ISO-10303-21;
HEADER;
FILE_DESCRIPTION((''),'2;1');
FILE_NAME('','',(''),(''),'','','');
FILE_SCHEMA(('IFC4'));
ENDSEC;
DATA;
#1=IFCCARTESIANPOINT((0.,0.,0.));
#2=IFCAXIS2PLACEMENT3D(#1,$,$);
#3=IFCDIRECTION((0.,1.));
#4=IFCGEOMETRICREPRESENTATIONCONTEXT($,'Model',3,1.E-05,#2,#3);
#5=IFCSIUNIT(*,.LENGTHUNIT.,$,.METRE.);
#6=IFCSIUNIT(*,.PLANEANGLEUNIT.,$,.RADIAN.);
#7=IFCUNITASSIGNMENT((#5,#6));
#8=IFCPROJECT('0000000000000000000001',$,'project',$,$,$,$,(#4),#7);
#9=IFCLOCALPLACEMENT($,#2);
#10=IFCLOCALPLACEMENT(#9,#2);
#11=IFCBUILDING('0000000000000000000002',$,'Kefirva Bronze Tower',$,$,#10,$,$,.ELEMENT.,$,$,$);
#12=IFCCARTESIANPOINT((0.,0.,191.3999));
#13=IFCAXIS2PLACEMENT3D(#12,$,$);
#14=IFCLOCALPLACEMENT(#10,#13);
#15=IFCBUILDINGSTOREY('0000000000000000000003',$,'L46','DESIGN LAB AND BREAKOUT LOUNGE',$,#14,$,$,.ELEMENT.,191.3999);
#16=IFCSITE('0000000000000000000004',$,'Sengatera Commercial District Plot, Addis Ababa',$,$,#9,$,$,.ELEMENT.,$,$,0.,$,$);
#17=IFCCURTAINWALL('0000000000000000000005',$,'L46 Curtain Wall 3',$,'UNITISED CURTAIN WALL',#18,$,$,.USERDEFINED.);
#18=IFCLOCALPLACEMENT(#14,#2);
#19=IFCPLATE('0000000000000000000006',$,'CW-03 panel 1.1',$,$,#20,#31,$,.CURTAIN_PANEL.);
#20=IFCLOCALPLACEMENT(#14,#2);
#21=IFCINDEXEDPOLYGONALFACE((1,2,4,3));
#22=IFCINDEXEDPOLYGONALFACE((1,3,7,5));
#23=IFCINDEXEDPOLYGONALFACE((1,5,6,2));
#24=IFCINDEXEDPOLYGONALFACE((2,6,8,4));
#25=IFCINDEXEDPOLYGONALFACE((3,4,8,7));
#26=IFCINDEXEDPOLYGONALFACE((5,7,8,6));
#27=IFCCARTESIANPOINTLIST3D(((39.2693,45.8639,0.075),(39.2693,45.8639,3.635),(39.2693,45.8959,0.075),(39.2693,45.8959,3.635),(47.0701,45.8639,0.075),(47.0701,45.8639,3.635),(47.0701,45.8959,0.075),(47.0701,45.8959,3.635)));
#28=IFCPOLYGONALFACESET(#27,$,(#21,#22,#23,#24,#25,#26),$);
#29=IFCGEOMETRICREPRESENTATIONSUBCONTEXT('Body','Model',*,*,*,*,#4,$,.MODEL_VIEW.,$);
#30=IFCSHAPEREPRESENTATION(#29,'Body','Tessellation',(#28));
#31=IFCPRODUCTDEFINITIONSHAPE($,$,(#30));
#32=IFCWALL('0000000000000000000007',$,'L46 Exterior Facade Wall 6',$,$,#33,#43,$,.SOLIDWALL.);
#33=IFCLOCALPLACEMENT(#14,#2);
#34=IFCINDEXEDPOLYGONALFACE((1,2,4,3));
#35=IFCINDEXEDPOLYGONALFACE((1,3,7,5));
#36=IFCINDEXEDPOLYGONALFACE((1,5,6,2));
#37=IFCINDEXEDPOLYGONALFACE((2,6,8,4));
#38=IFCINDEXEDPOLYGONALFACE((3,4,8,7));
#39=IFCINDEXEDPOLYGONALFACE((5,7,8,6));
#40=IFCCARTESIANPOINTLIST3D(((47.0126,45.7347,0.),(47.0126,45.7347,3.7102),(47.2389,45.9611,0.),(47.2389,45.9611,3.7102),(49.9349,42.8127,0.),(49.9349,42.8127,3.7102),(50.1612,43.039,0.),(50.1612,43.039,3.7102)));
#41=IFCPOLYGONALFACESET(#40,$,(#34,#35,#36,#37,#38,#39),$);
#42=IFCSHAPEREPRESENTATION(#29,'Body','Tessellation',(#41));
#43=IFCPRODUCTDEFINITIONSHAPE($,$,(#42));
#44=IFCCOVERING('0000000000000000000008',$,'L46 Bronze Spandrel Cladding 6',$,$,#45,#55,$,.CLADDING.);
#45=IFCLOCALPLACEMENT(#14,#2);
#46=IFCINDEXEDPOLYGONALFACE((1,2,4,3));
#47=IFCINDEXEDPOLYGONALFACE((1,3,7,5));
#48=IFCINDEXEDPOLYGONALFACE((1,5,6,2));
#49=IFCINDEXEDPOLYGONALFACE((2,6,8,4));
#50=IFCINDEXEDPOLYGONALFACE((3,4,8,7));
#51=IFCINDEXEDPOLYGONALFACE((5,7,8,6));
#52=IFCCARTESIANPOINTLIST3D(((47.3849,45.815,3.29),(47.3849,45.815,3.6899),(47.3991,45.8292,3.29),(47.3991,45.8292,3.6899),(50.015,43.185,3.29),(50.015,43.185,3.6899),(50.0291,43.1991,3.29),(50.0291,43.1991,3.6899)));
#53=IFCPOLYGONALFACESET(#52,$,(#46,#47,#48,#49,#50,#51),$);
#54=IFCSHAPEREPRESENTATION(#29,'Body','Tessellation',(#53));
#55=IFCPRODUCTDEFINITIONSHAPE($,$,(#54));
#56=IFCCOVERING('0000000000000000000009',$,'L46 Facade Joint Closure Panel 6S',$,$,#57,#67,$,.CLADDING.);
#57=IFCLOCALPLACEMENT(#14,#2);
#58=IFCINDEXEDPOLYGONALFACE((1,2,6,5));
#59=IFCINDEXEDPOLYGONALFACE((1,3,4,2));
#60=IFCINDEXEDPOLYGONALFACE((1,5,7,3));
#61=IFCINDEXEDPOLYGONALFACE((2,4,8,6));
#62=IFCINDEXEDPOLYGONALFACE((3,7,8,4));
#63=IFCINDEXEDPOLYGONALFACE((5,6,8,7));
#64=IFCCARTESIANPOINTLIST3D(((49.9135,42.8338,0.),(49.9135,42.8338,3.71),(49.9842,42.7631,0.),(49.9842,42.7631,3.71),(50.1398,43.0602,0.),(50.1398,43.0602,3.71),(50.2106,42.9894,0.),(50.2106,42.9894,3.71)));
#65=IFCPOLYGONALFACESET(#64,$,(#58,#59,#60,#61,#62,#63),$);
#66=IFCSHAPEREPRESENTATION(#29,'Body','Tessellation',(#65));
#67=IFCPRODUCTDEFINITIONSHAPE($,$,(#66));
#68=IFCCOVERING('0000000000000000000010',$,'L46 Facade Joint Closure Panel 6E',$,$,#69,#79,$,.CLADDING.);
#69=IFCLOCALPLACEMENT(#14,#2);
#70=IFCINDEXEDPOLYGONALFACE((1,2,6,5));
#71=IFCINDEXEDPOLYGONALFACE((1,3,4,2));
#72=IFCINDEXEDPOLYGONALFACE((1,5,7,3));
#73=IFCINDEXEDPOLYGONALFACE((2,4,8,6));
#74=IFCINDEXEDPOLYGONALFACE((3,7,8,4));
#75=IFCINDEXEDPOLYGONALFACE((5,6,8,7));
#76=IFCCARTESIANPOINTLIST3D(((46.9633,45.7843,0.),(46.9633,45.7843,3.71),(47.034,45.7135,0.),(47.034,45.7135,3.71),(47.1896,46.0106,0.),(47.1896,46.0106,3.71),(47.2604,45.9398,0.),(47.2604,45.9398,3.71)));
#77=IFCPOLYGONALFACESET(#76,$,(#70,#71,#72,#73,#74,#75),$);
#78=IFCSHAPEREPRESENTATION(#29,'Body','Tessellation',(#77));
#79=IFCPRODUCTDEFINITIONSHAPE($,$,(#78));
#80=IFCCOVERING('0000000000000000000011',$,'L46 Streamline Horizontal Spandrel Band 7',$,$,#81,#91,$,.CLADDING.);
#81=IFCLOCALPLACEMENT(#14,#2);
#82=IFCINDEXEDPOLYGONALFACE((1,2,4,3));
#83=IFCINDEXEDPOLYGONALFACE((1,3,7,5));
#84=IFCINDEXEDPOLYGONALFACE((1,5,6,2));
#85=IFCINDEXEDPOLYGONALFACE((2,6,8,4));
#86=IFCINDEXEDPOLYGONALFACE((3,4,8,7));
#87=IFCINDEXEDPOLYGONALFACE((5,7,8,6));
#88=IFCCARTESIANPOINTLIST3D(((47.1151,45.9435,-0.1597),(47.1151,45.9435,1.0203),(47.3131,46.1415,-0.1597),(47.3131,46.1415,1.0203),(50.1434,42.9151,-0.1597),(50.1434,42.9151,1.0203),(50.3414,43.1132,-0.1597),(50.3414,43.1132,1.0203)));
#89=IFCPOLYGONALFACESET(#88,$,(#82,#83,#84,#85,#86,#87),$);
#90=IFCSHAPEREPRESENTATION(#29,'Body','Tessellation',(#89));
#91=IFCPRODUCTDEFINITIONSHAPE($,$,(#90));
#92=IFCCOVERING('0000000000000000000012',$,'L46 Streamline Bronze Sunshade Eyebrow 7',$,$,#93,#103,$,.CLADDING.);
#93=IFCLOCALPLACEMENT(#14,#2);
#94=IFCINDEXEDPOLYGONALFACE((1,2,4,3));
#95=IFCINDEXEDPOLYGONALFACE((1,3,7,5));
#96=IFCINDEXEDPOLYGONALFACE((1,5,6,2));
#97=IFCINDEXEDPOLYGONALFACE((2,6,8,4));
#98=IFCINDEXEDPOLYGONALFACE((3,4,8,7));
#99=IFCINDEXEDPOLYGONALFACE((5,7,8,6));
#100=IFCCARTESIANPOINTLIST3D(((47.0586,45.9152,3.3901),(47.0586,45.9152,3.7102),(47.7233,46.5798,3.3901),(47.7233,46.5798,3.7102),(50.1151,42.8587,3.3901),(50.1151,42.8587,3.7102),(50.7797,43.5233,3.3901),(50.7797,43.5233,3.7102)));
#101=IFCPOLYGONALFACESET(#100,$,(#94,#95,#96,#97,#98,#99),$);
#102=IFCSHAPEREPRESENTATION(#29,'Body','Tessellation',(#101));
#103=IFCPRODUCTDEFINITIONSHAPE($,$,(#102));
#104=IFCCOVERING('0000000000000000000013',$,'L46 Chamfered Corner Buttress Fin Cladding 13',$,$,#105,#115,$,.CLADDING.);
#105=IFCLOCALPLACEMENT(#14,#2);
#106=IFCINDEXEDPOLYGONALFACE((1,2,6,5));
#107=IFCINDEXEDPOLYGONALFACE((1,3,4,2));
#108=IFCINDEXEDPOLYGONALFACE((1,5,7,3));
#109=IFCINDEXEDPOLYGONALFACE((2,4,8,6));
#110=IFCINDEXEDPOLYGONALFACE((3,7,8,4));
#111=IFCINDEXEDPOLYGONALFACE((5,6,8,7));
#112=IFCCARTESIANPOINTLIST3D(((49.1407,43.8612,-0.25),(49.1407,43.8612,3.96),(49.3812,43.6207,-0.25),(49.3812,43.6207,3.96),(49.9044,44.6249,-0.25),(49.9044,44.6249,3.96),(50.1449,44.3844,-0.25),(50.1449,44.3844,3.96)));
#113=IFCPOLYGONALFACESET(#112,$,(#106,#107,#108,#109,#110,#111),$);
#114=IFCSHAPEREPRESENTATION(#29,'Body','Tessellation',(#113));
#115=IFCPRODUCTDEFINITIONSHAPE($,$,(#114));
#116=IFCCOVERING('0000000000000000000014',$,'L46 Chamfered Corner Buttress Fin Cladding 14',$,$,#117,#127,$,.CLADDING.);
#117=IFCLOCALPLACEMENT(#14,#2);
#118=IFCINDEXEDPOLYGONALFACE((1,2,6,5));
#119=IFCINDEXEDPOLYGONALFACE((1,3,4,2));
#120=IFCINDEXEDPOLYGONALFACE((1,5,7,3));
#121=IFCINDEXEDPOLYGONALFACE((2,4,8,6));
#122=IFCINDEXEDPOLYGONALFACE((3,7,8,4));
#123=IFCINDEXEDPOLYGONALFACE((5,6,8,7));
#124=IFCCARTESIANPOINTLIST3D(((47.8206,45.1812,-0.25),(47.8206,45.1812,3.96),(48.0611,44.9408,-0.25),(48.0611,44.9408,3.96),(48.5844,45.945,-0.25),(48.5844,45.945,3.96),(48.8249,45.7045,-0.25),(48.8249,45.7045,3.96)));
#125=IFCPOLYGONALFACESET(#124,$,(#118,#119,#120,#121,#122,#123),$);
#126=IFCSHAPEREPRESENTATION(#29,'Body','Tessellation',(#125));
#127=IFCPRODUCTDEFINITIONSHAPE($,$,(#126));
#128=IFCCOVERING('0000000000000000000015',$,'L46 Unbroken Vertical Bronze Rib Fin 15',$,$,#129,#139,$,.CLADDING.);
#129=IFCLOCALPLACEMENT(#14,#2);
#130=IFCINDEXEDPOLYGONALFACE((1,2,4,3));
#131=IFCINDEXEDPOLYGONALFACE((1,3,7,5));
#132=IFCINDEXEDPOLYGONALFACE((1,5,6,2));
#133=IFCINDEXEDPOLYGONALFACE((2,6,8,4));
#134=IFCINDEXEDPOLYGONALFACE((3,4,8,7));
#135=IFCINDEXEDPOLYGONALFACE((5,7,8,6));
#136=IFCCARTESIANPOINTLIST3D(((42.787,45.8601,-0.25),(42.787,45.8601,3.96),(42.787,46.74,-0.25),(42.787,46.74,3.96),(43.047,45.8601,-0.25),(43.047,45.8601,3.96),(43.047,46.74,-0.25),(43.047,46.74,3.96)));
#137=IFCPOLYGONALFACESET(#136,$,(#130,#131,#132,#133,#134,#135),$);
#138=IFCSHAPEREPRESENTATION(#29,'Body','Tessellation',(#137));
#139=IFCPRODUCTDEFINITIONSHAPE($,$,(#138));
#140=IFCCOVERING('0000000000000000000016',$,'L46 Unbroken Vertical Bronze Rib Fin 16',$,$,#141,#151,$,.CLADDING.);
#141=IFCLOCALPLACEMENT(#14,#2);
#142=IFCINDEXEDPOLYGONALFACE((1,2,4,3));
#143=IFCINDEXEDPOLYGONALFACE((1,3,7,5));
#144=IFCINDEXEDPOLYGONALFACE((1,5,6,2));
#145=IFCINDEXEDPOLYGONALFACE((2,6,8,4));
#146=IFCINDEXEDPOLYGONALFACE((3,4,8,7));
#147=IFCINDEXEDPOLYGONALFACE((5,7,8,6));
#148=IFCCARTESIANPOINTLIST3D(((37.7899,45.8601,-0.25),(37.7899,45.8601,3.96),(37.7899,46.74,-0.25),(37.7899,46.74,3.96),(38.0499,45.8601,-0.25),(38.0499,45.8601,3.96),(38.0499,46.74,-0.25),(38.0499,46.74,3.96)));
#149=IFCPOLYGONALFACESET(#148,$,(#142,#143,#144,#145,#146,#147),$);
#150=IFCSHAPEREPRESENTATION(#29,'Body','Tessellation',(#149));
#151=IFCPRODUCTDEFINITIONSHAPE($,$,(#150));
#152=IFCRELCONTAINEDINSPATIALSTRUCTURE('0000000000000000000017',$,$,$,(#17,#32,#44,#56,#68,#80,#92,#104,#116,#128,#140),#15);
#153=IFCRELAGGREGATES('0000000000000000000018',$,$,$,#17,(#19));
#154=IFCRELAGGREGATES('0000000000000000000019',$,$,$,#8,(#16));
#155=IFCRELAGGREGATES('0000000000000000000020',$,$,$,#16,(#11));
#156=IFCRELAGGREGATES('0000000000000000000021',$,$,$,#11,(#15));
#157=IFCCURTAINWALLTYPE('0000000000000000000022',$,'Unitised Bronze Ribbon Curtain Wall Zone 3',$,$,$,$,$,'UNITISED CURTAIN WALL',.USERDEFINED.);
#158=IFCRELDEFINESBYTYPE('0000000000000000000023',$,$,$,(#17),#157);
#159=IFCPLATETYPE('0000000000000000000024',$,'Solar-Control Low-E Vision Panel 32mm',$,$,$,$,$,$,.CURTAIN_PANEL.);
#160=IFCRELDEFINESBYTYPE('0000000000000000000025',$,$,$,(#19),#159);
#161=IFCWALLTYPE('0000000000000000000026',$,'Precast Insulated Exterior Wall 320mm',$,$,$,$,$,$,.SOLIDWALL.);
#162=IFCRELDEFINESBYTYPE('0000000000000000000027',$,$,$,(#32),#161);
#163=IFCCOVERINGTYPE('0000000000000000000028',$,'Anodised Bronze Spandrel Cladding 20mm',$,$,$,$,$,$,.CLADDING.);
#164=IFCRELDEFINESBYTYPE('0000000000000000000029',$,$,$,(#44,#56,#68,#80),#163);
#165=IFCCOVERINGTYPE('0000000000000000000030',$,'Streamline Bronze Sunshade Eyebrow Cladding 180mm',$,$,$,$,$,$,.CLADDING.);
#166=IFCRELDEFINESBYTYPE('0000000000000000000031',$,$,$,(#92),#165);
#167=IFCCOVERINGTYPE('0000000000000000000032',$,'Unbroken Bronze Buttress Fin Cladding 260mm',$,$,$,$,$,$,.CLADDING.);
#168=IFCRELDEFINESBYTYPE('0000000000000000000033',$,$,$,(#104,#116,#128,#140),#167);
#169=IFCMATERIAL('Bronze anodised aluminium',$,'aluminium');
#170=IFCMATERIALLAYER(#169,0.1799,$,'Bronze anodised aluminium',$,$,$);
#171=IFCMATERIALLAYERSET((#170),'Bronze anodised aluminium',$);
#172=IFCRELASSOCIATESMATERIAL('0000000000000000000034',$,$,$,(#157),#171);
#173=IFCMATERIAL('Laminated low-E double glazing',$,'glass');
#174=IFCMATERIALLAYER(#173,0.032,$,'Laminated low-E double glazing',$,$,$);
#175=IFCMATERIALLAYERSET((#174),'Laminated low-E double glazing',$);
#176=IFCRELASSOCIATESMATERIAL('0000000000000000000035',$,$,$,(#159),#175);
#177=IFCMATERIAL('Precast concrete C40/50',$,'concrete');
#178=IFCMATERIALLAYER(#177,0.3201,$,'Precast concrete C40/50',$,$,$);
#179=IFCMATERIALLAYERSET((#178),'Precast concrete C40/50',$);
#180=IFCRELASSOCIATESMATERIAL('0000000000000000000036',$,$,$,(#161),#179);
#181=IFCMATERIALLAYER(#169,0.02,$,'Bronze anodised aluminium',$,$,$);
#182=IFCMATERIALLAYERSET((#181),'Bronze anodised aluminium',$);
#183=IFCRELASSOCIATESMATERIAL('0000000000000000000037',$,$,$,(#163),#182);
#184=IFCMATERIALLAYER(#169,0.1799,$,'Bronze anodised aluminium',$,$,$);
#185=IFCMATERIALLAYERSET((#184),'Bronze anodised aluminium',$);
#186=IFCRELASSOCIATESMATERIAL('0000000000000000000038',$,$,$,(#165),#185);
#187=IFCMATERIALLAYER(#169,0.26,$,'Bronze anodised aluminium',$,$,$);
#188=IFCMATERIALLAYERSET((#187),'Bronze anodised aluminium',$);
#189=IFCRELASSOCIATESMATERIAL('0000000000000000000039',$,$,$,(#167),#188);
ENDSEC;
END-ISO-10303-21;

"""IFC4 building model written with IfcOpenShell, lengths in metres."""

from ifc_helpers import new_model, si_unit, direction, frame, frame_2d, origin, origin_2d, place, context, subcontext, project, spatial, rectangle, extrude, material, layer, layer_set, type_object, element, aggregate, save


model = new_model("IFC4")

# Units and contexts
model_context = context("Model", 3, precision=1e-05, world=origin(), true_north=direction((0.0, 1.0)))
body_context = subcontext(model_context, "Body", "Model", "MODEL_VIEW")
ifc_project = project(units=[si_unit("LENGTHUNIT", "METRE"), si_unit("PLANEANGLEUNIT", "RADIAN")], contexts=[model_context])

# Site, building, storey
site_placement = place(None, origin())
site = spatial("IfcSite", under=ifc_project, at=site_placement, Name="Sengatera Commercial District Plot, Addis Ababa", CompositionType="ELEMENT", RefElevation=0.0)
building_placement = place(site_placement, origin())
building = spatial("IfcBuilding", under=site, at=building_placement, Name="Kefirva Bronze Tower", CompositionType="ELEMENT")
storey_placement = place(building_placement, frame((0.0, 0.0, 191.3999)))
storey = spatial("IfcBuildingStorey", under=building, at=storey_placement, Name="L46", Description="DESIGN LAB AND BREAKOUT LOUNGE", CompositionType="ELEMENT", Elevation=191.3999)

# Shared definitions
ifc_material_1 = material(Name="Bronze anodised aluminium", Category="aluminium")
ifc_layer_1 = layer(ifc_material_1, 0.1799, Name="Bronze anodised aluminium")
ifc_layer_set_1 = layer_set([ifc_layer_1], Name="Bronze anodised aluminium")
curtain_wall_type = type_object("IfcCurtainWallType", Name="Unitised Bronze Ribbon Curtain Wall Zone 3", ElementType="UNITISED CURTAIN WALL", PredefinedType="USERDEFINED", material=ifc_layer_set_1)

# Curtain wall
curtain_wall_1_placement = place(storey_placement, origin())
curtain_wall_1 = element("IfcCurtainWall", 1, at=curtain_wall_1_placement, inside=storey, type_object=curtain_wall_type, Name="L46 Curtain Wall 3", ObjectType="UNITISED CURTAIN WALL", PredefinedType="USERDEFINED")

# Plate
ifc_material_2 = material(Name="Laminated low-E double glazing", Category="glass")
ifc_layer_2 = layer(ifc_material_2, 0.032, Name="Laminated low-E double glazing")
ifc_layer_set_2 = layer_set([ifc_layer_2], Name="Laminated low-E double glazing")
plate_type = type_object("IfcPlateType", Name="Solar-Control Low-E Vision Panel 32mm", PredefinedType="CURTAIN_PANEL", material=ifc_layer_set_2)
plate_placement = place(storey_placement, frame((43.1697, 45.8799, 0.075), z_axis=(0.0, 0.0, 1.0), x_axis=(-1.0, 0.0, 0.0)))
plate = element("IfcPlate", 2, at=plate_placement, type_object=plate_type, Name="CW-03 panel 1.1", PredefinedType="CURTAIN_PANEL", context=body_context, shape_type="SweptSolid", body=[
    extrude(rectangle(XDim=7.8008, YDim=0.032, at=origin_2d()), origin(), (0.0, 0.0, 1.0), 3.5601),
])
aggregate(curtain_wall_1, [plate])

# Wall
ifc_material_3 = material(Name="Precast concrete C40/50", Category="concrete")
ifc_layer_3 = layer(ifc_material_3, 0.3201, Name="Precast concrete C40/50")
ifc_layer_set_3 = layer_set([ifc_layer_3], Name="Precast concrete C40/50")
wall_type = type_object("IfcWallType", Name="Precast Insulated Exterior Wall 320mm", PredefinedType="SOLIDWALL", material=ifc_layer_set_3)
wall_placement = place(storey_placement, frame((50.0481, 42.9258, 0.0), z_axis=(0.0, 0.0, 1.0), x_axis=(-0.707136, 0.707077, 0.0)))
element("IfcWall", 3, at=wall_placement, inside=storey, type_object=wall_type, Name="L46 Exterior Facade Wall 6", PredefinedType="SOLIDWALL", context=body_context, shape_type="SweptSolid", body=[
    extrude(rectangle(XDim=4.1326, YDim=0.3201, at=frame_2d((2.0664, 0.0))), origin(), (0.0, 0.0, 1.0), 3.7102),
])

# Coverings
ifc_layer_4 = layer(ifc_material_1, 0.02, Name="Bronze anodised aluminium")
ifc_layer_set_4 = layer_set([ifc_layer_4], Name="Bronze anodised aluminium")
covering_type_1 = type_object("IfcCoveringType", Name="Anodised Bronze Spandrel Cladding 20mm", PredefinedType="CLADDING", material=ifc_layer_set_4)
covering_1_placement = place(storey_placement, frame((48.707, 44.5071, 3.29), z_axis=(0.0, 0.0, 1.0), x_axis=(-0.707107, 0.707107, 0.0)))
element("IfcCovering", 4, at=covering_1_placement, inside=storey, type_object=covering_type_1, Name="L46 Bronze Spandrel Cladding 6", PredefinedType="CLADDING", context=body_context, shape_type="SweptSolid", body=[
    extrude(rectangle(XDim=3.7195, YDim=0.02, at=origin_2d()), origin(), (0.0, 0.0, 1.0), 0.3999),
])
for number, where, z_axis, x_axis, name in (
    (5, (50.062, 42.9116, 0.0), (0.0, 0.0, 1.0), (-0.707107, 0.707107, 0.0), "L46 Facade Joint Closure Panel 6S"),
    (6, (47.1118, 45.8621, 0.0), (0.0, 0.0, 1.0), (-0.707107, 0.707107, 0.0), "L46 Facade Joint Closure Panel 6E"),
):
    element("IfcCovering", number, at=place(storey_placement, frame(where, z_axis=z_axis, x_axis=x_axis)), inside=storey, type_object=covering_type_1, Name=name, PredefinedType="CLADDING", context=body_context, shape_type="SweptSolid", body=[
        extrude(rectangle(XDim=0.1001, YDim=0.3201, at=origin_2d()), origin(), (0.0, 0.0, 1.0), 3.71),
    ])
covering_2_placement = place(storey_placement, frame((48.7283, 44.5283, -0.1597), z_axis=(0.0, 0.0, 1.0), x_axis=(-0.707107, 0.707107, 0.0)))
element("IfcCovering", 7, at=covering_2_placement, inside=storey, type_object=covering_type_1, Name="L46 Streamline Horizontal Spandrel Band 7", PredefinedType="CLADDING", context=body_context, shape_type="SweptSolid", body=[
    extrude(rectangle(XDim=4.2827, YDim=0.28, at=origin_2d()), origin(), (0.0, 0.0, 1.0), 1.1799),
])
ifc_layer_5 = layer(ifc_material_1, 0.1799, Name="Bronze anodised aluminium")
ifc_layer_set_5 = layer_set([ifc_layer_5], Name="Bronze anodised aluminium")
covering_type_2 = type_object("IfcCoveringType", Name="Streamline Bronze Sunshade Eyebrow Cladding 180mm", PredefinedType="CLADDING", material=ifc_layer_set_5)
covering_3_placement = place(storey_placement, frame((48.9192, 44.7192, 3.3901), z_axis=(0.0, 0.0, 1.0), x_axis=(-0.707107, 0.707107, 0.0)))
element("IfcCovering", 8, at=covering_3_placement, inside=storey, type_object=covering_type_2, Name="L46 Streamline Bronze Sunshade Eyebrow 7", PredefinedType="CLADDING", context=body_context, shape_type="SweptSolid", body=[
    extrude(rectangle(XDim=4.3225, YDim=0.9399, at=origin_2d()), origin(), (0.0, 0.0, 1.0), 0.3201),
])
ifc_layer_6 = layer(ifc_material_1, 0.26, Name="Bronze anodised aluminium")
ifc_layer_set_6 = layer_set([ifc_layer_6], Name="Bronze anodised aluminium")
covering_type_3 = type_object("IfcCoveringType", Name="Unbroken Bronze Buttress Fin Cladding 260mm", PredefinedType="CLADDING", material=ifc_layer_set_6)
for number, where, z_axis, x_axis, name in (
    (9, (49.6428, 44.1228, -0.25), (0.0, 0.0, 1.0), (-0.707107, 0.707107, 0.0), "L46 Chamfered Corner Buttress Fin Cladding 13"),
    (10, (48.3228, 45.4429, -0.25), (0.0, 0.0, 1.0), (-0.707107, 0.707107, 0.0), "L46 Chamfered Corner Buttress Fin Cladding 14"),
):
    element("IfcCovering", number, at=place(storey_placement, frame(where, z_axis=z_axis, x_axis=x_axis)), inside=storey, type_object=covering_type_3, Name=name, PredefinedType="CLADDING", context=body_context, shape_type="SweptSolid", body=[
        extrude(rectangle(XDim=0.3401, YDim=1.0801, at=origin_2d()), origin(), (0.0, 0.0, 1.0), 4.21),
    ])
for number, where, z_axis, x_axis, name in (
    (11, (42.917, 46.3, -0.25), (0.0, 0.0, 1.0), (-1.0, 0.0, 0.0), "L46 Unbroken Vertical Bronze Rib Fin 15"),
    (12, (37.9199, 46.3, -0.25), (0.0, 0.0, 1.0), (-1.0, 0.0, 0.0), "L46 Unbroken Vertical Bronze Rib Fin 16"),
):
    element("IfcCovering", number, at=place(storey_placement, frame(where, z_axis=z_axis, x_axis=x_axis)), inside=storey, type_object=covering_type_3, Name=name, PredefinedType="CLADDING", context=body_context, shape_type="SweptSolid", body=[
        extrude(rectangle(XDim=0.26, YDim=0.8799, at=origin_2d()), origin(), (0.0, 0.0, 1.0), 4.21),
    ])

save(model, "model.ifc")
